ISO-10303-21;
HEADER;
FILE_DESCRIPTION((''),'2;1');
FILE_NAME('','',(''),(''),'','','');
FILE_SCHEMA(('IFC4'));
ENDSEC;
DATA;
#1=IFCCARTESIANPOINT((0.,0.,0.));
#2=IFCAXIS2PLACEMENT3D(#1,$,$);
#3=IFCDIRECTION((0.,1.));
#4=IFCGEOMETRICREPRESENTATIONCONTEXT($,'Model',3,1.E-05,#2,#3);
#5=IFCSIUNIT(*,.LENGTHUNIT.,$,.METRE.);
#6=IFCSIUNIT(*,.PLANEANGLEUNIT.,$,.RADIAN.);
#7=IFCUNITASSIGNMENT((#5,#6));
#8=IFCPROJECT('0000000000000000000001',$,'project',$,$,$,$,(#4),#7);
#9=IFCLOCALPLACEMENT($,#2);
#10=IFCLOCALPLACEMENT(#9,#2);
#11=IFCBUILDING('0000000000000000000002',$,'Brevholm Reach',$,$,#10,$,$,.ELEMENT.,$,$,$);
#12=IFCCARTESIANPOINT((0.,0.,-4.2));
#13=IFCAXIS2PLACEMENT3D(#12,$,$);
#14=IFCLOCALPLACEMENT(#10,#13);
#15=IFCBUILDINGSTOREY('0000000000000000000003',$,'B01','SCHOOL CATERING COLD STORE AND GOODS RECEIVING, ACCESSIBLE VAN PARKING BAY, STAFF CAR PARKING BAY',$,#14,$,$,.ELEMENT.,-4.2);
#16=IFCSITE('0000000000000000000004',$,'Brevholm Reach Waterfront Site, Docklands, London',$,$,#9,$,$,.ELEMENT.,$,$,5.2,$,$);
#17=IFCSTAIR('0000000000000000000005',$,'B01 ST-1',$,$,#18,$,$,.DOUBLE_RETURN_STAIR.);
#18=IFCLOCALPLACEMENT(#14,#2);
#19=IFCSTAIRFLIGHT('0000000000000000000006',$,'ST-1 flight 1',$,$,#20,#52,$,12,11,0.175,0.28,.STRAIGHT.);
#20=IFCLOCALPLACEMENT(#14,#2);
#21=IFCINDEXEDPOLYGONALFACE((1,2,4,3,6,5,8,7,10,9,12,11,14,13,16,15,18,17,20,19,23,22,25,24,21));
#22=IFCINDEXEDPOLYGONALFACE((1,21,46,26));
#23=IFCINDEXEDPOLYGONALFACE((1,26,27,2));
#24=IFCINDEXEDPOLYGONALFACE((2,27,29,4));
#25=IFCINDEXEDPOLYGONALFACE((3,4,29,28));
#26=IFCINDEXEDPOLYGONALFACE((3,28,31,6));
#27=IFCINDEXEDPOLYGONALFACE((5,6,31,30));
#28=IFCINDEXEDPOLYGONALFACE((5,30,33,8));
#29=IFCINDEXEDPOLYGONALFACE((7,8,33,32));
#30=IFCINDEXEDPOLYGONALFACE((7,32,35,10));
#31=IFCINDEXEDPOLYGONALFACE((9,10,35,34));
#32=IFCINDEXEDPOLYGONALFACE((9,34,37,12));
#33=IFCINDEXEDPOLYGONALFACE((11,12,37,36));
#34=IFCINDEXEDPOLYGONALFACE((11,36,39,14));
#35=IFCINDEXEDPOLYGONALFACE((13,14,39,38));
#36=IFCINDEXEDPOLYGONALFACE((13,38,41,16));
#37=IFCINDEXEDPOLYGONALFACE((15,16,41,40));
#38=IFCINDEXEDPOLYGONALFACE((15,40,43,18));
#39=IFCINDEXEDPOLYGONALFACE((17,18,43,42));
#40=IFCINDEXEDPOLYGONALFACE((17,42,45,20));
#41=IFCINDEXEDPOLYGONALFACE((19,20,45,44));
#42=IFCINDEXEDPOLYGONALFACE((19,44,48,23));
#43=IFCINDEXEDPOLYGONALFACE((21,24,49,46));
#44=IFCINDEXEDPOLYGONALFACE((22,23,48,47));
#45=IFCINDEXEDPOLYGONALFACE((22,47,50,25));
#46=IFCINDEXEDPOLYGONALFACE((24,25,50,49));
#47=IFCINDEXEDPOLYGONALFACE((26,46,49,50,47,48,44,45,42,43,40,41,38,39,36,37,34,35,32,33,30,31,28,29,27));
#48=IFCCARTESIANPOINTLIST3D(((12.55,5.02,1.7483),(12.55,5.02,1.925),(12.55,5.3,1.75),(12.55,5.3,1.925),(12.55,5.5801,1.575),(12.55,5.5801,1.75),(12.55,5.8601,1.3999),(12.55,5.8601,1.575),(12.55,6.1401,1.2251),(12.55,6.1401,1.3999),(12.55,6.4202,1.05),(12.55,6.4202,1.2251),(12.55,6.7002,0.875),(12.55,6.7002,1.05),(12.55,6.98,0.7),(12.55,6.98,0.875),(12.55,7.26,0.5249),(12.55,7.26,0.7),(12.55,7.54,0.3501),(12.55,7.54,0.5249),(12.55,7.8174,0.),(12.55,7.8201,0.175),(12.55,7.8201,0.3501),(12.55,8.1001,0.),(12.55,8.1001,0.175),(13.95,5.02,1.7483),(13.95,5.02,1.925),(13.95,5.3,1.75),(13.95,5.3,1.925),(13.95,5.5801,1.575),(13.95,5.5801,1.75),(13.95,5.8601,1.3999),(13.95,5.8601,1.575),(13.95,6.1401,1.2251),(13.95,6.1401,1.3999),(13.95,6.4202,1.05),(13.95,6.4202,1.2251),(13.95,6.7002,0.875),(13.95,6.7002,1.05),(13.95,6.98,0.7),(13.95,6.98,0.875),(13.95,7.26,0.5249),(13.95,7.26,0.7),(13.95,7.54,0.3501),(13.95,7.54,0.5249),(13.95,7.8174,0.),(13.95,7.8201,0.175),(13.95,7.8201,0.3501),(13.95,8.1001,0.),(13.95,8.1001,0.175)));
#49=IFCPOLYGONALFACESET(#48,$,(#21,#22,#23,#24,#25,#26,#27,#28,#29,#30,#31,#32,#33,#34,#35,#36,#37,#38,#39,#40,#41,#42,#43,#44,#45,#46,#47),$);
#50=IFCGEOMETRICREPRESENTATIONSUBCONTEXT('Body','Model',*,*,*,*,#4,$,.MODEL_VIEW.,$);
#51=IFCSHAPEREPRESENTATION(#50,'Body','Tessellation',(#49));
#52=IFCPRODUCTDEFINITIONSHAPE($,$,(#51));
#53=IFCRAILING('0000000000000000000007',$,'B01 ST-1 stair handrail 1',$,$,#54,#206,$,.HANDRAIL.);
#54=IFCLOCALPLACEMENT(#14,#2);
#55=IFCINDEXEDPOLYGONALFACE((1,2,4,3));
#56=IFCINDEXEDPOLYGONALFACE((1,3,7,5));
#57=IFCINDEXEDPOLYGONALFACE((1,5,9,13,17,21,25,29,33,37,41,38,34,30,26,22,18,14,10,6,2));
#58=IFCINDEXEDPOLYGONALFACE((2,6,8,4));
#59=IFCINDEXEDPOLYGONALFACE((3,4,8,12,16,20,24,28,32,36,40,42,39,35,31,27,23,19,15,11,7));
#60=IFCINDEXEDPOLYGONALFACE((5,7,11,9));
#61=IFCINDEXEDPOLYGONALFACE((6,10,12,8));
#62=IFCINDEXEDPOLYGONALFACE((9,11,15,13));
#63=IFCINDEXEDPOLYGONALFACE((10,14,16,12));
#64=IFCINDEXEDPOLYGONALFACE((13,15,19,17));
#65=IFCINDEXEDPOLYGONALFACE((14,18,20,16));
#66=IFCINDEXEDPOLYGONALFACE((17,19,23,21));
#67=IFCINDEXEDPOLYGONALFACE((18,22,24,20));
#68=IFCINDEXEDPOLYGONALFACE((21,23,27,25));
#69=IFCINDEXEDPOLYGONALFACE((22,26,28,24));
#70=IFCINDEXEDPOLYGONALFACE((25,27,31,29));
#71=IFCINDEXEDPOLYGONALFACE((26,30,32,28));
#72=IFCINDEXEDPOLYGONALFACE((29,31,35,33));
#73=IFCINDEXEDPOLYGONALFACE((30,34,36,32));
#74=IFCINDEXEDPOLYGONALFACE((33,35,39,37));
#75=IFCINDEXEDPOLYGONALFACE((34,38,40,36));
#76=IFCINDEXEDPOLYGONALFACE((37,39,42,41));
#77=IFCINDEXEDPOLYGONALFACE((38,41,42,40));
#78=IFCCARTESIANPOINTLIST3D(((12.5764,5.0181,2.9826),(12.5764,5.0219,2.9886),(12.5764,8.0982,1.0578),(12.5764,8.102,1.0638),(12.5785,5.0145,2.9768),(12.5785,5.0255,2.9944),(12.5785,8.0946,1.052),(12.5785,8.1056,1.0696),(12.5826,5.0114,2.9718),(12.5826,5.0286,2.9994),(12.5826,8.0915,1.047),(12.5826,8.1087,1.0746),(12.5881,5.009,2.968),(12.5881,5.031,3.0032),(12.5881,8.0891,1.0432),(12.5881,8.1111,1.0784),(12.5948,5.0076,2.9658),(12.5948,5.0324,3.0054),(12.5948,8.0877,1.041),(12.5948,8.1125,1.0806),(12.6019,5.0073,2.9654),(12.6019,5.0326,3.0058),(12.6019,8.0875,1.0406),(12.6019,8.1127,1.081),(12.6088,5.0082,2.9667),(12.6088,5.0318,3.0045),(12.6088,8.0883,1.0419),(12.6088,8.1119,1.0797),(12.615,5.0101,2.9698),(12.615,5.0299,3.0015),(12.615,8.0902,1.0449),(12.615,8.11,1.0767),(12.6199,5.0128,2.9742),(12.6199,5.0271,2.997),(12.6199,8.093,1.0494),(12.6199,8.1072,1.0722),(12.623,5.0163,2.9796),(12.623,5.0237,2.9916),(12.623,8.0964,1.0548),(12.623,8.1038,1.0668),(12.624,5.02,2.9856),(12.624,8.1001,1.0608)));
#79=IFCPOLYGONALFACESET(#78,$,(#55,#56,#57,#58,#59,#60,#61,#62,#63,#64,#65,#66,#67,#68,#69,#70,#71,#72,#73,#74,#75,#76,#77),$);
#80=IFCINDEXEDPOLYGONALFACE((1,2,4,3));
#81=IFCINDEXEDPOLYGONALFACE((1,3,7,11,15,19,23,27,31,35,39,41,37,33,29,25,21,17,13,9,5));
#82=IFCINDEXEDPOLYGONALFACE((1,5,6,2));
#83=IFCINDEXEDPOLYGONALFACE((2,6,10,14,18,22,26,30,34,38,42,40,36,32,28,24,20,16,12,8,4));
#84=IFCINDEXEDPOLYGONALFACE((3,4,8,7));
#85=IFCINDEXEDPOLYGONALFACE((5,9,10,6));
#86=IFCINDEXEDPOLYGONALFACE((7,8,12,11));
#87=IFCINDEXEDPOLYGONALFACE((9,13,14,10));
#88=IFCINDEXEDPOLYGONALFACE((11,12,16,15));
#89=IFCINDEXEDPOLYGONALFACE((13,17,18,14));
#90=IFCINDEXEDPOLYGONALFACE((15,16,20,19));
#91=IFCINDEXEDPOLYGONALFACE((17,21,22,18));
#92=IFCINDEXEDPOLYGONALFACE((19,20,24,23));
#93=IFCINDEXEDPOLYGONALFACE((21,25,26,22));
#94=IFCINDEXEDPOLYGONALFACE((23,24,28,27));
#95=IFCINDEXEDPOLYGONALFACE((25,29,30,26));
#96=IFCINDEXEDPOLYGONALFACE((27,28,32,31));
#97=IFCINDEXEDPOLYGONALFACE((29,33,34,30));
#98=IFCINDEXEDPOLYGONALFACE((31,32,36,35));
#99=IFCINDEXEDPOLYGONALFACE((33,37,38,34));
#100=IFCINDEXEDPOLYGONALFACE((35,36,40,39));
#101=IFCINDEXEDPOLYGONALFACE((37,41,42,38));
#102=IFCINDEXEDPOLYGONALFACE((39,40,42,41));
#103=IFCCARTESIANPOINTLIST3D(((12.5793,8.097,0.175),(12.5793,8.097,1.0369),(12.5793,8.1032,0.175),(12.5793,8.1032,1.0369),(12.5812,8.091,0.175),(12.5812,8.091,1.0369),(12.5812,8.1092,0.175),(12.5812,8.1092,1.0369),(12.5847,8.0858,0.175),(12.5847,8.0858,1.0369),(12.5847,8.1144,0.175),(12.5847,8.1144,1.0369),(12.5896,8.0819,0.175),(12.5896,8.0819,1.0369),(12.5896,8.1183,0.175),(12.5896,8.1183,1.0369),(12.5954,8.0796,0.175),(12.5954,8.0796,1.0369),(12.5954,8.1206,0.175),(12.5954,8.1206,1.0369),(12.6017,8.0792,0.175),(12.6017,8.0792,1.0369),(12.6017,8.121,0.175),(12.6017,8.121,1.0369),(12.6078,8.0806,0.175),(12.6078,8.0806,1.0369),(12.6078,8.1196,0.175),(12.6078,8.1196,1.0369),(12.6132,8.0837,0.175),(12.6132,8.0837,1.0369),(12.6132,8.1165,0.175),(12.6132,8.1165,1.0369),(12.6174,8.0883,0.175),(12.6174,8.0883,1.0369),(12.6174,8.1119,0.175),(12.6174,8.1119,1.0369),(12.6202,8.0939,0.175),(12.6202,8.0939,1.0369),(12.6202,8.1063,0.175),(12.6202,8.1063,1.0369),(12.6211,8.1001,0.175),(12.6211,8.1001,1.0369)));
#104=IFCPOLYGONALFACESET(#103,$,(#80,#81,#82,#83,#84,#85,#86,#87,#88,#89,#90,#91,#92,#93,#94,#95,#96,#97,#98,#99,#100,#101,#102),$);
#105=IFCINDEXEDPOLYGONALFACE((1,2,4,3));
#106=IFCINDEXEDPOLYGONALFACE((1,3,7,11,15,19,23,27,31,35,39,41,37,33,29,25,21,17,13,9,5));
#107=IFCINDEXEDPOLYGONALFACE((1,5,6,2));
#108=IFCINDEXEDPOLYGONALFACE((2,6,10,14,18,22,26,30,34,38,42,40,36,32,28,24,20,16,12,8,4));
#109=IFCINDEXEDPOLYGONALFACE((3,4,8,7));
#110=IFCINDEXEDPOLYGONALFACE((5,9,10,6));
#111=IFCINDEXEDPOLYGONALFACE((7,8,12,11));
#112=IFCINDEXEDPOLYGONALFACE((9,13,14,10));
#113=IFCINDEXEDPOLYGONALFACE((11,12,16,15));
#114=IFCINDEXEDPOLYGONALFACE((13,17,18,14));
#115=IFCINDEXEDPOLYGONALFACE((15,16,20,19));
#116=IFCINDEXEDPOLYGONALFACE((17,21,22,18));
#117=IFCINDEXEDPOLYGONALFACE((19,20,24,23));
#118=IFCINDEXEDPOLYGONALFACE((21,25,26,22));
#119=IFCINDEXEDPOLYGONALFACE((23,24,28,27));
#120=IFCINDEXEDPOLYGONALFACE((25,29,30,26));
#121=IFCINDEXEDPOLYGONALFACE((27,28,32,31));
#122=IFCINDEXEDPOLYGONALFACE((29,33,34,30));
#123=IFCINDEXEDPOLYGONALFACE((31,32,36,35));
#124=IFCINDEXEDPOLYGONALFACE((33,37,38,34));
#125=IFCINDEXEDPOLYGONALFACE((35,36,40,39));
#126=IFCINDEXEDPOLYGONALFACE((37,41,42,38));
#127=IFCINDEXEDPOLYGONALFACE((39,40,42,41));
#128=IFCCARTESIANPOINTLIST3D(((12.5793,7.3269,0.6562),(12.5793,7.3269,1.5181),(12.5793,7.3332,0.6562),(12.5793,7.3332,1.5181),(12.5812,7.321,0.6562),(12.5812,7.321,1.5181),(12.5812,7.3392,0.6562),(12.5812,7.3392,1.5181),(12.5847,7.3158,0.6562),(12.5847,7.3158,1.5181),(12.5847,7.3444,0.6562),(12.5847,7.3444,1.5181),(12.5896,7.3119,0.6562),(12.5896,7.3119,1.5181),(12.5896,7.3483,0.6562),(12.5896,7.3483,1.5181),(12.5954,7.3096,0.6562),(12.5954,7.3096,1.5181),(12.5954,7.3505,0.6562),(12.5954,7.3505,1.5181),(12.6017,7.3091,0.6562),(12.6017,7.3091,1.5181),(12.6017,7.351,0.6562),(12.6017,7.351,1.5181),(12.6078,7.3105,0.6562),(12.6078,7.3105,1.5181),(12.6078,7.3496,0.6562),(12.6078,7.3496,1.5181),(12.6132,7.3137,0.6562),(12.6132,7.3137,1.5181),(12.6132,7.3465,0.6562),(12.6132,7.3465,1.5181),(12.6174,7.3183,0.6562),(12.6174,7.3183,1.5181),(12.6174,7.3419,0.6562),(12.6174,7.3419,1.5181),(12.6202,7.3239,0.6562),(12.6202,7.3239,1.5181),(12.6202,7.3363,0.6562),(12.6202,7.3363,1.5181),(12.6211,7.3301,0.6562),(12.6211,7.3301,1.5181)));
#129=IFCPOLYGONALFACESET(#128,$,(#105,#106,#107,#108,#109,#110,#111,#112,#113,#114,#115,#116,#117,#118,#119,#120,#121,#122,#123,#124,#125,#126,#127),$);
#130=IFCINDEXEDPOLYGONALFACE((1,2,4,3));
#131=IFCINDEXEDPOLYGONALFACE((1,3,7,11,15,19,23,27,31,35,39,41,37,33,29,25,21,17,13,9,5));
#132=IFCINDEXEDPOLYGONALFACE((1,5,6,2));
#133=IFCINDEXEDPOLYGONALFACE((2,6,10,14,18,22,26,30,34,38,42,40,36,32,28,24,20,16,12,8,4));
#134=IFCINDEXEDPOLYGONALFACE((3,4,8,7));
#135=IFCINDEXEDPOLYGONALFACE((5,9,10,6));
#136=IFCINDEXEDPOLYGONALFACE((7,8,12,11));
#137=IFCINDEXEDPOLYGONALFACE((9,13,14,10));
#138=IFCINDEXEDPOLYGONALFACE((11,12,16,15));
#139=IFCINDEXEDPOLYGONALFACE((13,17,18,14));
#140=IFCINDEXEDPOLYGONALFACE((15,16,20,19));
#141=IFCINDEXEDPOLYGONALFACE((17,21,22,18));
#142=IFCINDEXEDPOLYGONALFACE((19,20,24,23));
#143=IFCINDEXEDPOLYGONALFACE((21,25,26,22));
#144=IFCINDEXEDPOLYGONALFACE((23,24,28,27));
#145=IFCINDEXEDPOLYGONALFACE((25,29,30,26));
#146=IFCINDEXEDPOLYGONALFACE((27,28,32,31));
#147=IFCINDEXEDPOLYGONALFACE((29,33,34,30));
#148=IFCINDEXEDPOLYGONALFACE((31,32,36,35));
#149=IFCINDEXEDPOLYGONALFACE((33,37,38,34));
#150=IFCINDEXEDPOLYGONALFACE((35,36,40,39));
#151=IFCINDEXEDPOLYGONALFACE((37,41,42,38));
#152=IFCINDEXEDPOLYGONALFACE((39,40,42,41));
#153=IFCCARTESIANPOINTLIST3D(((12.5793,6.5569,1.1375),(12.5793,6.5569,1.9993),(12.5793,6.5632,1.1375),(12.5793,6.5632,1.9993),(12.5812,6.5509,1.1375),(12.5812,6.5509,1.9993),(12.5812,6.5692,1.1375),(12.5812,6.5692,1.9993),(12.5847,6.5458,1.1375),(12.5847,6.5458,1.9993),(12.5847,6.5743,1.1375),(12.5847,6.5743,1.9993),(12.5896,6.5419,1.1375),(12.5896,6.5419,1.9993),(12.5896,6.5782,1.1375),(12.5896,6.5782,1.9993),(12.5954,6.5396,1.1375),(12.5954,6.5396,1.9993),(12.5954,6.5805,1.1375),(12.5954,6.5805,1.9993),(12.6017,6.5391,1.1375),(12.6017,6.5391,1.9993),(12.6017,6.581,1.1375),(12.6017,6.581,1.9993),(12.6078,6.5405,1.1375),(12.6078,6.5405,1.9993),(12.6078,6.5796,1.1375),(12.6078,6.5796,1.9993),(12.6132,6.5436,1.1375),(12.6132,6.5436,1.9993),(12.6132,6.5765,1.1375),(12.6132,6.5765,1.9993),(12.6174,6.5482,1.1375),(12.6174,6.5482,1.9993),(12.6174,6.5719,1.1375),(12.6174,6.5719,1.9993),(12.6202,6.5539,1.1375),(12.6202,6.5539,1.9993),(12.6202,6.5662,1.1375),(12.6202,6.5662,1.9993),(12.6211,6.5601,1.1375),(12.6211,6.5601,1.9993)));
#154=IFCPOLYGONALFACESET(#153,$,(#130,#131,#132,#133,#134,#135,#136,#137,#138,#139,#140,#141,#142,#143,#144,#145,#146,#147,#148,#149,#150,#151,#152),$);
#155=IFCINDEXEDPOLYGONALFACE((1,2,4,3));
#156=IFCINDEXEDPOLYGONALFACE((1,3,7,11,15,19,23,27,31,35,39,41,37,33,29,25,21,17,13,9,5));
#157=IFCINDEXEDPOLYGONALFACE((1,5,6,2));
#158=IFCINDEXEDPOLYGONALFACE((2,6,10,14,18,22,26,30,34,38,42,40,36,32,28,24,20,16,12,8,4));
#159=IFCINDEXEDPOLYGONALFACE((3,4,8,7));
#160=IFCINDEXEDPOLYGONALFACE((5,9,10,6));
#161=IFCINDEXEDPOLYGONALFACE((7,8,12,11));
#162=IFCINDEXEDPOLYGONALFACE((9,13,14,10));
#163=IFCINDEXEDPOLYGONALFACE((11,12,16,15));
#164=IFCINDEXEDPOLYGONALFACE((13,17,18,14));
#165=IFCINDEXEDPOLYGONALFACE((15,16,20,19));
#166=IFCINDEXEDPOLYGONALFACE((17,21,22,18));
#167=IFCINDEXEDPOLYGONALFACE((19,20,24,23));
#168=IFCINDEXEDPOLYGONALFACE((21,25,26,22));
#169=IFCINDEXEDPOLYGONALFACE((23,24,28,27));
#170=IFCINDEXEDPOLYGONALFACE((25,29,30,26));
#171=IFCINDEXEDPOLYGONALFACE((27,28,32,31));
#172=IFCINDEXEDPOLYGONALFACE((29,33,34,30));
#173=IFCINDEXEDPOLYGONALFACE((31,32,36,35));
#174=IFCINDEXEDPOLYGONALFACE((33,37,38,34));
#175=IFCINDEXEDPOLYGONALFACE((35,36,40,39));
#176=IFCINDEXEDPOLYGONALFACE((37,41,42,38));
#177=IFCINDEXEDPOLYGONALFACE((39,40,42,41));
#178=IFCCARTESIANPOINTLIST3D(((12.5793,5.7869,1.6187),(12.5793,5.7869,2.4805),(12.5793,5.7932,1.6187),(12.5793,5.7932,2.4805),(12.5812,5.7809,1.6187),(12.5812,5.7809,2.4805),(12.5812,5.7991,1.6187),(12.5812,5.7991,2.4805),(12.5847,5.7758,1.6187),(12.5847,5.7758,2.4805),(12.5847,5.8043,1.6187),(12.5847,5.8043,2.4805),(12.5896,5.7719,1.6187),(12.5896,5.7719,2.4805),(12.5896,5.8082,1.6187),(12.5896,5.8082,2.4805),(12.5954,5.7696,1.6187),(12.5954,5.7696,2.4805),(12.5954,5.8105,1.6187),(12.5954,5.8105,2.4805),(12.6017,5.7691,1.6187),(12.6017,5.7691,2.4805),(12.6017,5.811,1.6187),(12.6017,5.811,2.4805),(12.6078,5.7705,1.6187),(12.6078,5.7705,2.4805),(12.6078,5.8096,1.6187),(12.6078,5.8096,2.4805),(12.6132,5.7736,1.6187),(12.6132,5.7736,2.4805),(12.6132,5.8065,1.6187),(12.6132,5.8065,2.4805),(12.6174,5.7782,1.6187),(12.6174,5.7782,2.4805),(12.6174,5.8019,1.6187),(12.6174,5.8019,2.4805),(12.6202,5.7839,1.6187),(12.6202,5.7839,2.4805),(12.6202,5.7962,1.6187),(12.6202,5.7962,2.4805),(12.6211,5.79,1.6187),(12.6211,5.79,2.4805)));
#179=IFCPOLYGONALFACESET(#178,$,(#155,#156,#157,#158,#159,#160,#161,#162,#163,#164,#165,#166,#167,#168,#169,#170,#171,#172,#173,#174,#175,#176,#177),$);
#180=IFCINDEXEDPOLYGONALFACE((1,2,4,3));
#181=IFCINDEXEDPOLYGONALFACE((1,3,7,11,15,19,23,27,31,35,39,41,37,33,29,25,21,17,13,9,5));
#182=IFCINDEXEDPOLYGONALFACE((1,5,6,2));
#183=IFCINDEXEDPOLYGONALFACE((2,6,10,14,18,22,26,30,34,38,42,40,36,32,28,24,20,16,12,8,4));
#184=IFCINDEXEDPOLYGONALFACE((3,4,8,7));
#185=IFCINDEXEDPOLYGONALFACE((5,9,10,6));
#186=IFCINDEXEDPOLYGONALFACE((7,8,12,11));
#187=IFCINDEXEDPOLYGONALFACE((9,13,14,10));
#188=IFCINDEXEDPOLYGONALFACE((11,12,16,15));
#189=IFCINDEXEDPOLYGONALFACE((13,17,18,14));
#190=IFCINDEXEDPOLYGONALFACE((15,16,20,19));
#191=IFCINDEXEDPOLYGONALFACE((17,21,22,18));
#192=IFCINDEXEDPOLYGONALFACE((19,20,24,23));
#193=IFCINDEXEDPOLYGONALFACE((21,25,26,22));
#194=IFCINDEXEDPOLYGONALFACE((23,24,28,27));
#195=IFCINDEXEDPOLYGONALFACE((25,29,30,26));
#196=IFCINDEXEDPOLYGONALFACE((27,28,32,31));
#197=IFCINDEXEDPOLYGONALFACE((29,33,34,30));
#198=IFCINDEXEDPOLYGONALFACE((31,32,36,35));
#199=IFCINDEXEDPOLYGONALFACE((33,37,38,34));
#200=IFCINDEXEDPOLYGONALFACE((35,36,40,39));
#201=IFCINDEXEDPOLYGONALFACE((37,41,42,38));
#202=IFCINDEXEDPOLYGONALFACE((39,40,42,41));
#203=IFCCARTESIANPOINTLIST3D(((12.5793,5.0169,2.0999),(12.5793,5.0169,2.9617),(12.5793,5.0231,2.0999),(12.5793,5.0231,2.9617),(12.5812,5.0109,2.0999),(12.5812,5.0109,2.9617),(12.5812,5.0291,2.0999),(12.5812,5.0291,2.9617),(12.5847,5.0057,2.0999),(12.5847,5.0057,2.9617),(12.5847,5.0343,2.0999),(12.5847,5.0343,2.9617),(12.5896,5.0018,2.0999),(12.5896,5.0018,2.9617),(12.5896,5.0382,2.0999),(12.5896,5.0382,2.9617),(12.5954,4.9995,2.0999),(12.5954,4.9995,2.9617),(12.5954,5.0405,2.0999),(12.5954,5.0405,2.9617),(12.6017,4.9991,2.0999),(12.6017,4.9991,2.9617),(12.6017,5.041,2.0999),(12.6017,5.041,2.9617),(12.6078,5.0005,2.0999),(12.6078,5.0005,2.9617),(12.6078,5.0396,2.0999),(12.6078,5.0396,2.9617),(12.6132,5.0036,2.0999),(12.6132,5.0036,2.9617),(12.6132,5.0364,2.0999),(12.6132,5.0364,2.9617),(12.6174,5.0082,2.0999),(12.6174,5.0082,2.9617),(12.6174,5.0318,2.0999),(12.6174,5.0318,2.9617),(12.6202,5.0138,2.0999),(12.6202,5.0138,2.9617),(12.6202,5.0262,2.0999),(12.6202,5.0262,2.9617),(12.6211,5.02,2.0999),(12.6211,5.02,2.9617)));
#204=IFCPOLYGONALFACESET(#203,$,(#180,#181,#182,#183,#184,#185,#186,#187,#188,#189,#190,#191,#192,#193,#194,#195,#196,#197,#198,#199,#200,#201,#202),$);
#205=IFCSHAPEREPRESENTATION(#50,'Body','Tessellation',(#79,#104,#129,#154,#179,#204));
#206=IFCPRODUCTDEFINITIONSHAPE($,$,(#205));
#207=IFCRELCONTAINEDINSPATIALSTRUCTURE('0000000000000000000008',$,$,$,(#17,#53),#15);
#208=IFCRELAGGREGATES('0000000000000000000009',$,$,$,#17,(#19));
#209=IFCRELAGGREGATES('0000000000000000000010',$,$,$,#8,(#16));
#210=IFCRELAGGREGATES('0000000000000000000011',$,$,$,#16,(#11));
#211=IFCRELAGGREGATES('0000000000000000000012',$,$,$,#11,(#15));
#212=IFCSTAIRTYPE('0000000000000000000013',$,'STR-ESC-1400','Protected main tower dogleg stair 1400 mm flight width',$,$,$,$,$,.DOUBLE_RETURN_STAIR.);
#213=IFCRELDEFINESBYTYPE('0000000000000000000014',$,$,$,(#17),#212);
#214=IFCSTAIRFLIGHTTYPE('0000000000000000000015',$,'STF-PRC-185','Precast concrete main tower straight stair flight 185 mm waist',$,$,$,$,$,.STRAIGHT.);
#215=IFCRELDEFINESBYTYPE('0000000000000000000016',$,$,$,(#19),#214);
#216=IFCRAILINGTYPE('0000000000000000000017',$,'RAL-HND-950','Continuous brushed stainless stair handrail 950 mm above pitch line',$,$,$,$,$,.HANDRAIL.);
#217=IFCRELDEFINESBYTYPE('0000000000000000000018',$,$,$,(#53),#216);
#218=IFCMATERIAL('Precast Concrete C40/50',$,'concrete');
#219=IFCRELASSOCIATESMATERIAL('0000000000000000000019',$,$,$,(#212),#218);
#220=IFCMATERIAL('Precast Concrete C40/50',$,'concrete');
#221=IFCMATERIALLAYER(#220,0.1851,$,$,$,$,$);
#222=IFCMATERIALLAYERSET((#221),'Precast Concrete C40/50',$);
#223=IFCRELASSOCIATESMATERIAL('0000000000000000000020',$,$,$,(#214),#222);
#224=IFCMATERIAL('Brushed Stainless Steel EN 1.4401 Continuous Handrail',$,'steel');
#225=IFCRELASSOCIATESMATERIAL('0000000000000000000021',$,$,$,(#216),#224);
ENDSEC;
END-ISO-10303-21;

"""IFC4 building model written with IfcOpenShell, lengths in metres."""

from ifc_helpers import new_model, si_unit, direction, frame, origin, origin_2d, place, context, subcontext, project, spatial, polyline, circle, outline, extrude, material, layer, layer_set, type_object, element, aggregate, save


model = new_model("IFC4")

# Units and contexts
model_context = context("Model", 3, precision=1e-05, world=origin(), true_north=direction((0.0, 1.0)))
body_context = subcontext(model_context, "Body", "Model", "MODEL_VIEW")
ifc_project = project(units=[si_unit("LENGTHUNIT", "METRE"), si_unit("PLANEANGLEUNIT", "RADIAN")], contexts=[model_context])

# Site, building, storey
site_placement = place(None, origin())
site = spatial("IfcSite", under=ifc_project, at=site_placement, Name="Brevholm Reach Waterfront Site, Docklands, London", CompositionType="ELEMENT", RefElevation=5.2)
building_placement = place(site_placement, origin())
building = spatial("IfcBuilding", under=site, at=building_placement, Name="Brevholm Reach", CompositionType="ELEMENT")
storey_placement = place(building_placement, frame((0.0, 0.0, -4.2)))
storey = spatial("IfcBuildingStorey", under=building, at=storey_placement, Name="B01", Description="SCHOOL CATERING COLD STORE AND GOODS RECEIVING, ACCESSIBLE VAN PARKING BAY, STAFF CAR PARKING BAY", CompositionType="ELEMENT", Elevation=-4.2)

# Stair, stair flight
ifc_material_1 = material(Name="Precast Concrete C40/50", Category="concrete")
stair_type_1 = type_object("IfcStairType", Name="STR-ESC-1400", Description="Protected main tower dogleg stair 1400 mm flight width", PredefinedType="DOUBLE_RETURN_STAIR", material=ifc_material_1)
stair_1_placement = place(storey_placement, origin())
stair_1 = element("IfcStair", 1, at=stair_1_placement, inside=storey, type_object=stair_type_1, Name="B01 ST-1", PredefinedType="DOUBLE_RETURN_STAIR")
ifc_material_2 = material(Name="Precast Concrete C40/50", Category="concrete")
ifc_layer_1 = layer(ifc_material_2, 0.1851)
ifc_layer_set_1 = layer_set([ifc_layer_1], Name="Precast Concrete C40/50")
stair_flight_type_1 = type_object("IfcStairFlightType", Name="STF-PRC-185", Description="Precast concrete main tower straight stair flight 185 mm waist", PredefinedType="STRAIGHT", material=ifc_layer_set_1)
stair_flight_1_placement = place(storey_placement, frame((13.25, 8.1001, 0.0), z_axis=(0.0, 0.0, 1.0), x_axis=(0.0, -1.0, 0.0)))
stair_flight_1 = element("IfcStairFlight", 2, at=stair_flight_1_placement, type_object=stair_flight_type_1, Name="ST-1 flight 1", NumberOfRisers=12, NumberOfTreads=11, PredefinedType="STRAIGHT", RiserHeight=0.175, TreadLength=0.28, context=body_context, shape_type="SweptSolid", body=[
    extrude(outline(polyline([(0.0, 0.0), (0.0, 0.175), (0.28, 0.175), (0.28, 0.3501), (0.5601, 0.3501), (0.5601, 0.5249), (0.8401, 0.5249), (0.8401, 0.7), (1.1201, 0.7), (1.1201, 0.875), (1.3999, 0.875), (1.3999, 1.05), (1.6799, 1.05), (1.6799, 1.2251), (1.96, 1.2251), (1.96, 1.3999), (2.24, 1.3999), (2.24, 1.575), (2.52, 1.575), (2.52, 1.75), (2.8, 1.75), (2.8, 1.925), (3.0801, 1.925), (3.0801, 2.1001), (3.0801, 1.7483), (0.2827, 0.0), (0.0, 0.0)])), frame((0.0, 0.7, 0.0), z_axis=(0.0, -1.0, 0.0), x_axis=(1.0, 0.0, 0.0)), (0.0, 0.0, 1.0), 1.3999),
])
aggregate(stair_1, [stair_flight_1])

# Railing
ifc_material_3 = material(Name="Brushed Stainless Steel EN 1.4401 Continuous Handrail", Category="steel")
railing_type_1 = type_object("IfcRailingType", Name="RAL-HND-950", Description="Continuous brushed stainless stair handrail 950 mm above pitch line", PredefinedType="HANDRAIL", material=ifc_material_3)
railing_1_placement = place(storey_placement, frame((12.6001, 8.1001, 0.175)))
element("IfcRailing", 3, at=railing_1_placement, inside=storey, type_object=railing_type_1, Name="B01 ST-1 stair handrail 1", PredefinedType="HANDRAIL", context=body_context, shape_type="SweptSolid", body=[
    extrude(circle(Radius=0.0239, at=origin_2d()), frame((0.0, 0.0, 0.8857), z_axis=(0.0, -0.848029, 0.529951), x_axis=(1.0, 0.0, 0.0)), (0.0, 0.0, 1.0), 3.6321),
    extrude(circle(Radius=0.021, at=origin_2d()), origin(), (0.0, 0.0, 1.0), 0.8618),
    extrude(circle(Radius=0.021, at=origin_2d()), frame((0.0, -0.77, 0.4812)), (0.0, 0.0, 1.0), 0.8618),
    extrude(circle(Radius=0.021, at=origin_2d()), frame((0.0, -1.54, 0.9624)), (0.0, 0.0, 1.0), 0.8618),
    extrude(circle(Radius=0.021, at=origin_2d()), frame((0.0, -2.3101, 1.4436)), (0.0, 0.0, 1.0), 0.8618),
    extrude(circle(Radius=0.021, at=origin_2d()), frame((0.0, -3.0801, 1.9248)), (0.0, 0.0, 1.0), 0.8618),
])

save(model, "model.ifc")
